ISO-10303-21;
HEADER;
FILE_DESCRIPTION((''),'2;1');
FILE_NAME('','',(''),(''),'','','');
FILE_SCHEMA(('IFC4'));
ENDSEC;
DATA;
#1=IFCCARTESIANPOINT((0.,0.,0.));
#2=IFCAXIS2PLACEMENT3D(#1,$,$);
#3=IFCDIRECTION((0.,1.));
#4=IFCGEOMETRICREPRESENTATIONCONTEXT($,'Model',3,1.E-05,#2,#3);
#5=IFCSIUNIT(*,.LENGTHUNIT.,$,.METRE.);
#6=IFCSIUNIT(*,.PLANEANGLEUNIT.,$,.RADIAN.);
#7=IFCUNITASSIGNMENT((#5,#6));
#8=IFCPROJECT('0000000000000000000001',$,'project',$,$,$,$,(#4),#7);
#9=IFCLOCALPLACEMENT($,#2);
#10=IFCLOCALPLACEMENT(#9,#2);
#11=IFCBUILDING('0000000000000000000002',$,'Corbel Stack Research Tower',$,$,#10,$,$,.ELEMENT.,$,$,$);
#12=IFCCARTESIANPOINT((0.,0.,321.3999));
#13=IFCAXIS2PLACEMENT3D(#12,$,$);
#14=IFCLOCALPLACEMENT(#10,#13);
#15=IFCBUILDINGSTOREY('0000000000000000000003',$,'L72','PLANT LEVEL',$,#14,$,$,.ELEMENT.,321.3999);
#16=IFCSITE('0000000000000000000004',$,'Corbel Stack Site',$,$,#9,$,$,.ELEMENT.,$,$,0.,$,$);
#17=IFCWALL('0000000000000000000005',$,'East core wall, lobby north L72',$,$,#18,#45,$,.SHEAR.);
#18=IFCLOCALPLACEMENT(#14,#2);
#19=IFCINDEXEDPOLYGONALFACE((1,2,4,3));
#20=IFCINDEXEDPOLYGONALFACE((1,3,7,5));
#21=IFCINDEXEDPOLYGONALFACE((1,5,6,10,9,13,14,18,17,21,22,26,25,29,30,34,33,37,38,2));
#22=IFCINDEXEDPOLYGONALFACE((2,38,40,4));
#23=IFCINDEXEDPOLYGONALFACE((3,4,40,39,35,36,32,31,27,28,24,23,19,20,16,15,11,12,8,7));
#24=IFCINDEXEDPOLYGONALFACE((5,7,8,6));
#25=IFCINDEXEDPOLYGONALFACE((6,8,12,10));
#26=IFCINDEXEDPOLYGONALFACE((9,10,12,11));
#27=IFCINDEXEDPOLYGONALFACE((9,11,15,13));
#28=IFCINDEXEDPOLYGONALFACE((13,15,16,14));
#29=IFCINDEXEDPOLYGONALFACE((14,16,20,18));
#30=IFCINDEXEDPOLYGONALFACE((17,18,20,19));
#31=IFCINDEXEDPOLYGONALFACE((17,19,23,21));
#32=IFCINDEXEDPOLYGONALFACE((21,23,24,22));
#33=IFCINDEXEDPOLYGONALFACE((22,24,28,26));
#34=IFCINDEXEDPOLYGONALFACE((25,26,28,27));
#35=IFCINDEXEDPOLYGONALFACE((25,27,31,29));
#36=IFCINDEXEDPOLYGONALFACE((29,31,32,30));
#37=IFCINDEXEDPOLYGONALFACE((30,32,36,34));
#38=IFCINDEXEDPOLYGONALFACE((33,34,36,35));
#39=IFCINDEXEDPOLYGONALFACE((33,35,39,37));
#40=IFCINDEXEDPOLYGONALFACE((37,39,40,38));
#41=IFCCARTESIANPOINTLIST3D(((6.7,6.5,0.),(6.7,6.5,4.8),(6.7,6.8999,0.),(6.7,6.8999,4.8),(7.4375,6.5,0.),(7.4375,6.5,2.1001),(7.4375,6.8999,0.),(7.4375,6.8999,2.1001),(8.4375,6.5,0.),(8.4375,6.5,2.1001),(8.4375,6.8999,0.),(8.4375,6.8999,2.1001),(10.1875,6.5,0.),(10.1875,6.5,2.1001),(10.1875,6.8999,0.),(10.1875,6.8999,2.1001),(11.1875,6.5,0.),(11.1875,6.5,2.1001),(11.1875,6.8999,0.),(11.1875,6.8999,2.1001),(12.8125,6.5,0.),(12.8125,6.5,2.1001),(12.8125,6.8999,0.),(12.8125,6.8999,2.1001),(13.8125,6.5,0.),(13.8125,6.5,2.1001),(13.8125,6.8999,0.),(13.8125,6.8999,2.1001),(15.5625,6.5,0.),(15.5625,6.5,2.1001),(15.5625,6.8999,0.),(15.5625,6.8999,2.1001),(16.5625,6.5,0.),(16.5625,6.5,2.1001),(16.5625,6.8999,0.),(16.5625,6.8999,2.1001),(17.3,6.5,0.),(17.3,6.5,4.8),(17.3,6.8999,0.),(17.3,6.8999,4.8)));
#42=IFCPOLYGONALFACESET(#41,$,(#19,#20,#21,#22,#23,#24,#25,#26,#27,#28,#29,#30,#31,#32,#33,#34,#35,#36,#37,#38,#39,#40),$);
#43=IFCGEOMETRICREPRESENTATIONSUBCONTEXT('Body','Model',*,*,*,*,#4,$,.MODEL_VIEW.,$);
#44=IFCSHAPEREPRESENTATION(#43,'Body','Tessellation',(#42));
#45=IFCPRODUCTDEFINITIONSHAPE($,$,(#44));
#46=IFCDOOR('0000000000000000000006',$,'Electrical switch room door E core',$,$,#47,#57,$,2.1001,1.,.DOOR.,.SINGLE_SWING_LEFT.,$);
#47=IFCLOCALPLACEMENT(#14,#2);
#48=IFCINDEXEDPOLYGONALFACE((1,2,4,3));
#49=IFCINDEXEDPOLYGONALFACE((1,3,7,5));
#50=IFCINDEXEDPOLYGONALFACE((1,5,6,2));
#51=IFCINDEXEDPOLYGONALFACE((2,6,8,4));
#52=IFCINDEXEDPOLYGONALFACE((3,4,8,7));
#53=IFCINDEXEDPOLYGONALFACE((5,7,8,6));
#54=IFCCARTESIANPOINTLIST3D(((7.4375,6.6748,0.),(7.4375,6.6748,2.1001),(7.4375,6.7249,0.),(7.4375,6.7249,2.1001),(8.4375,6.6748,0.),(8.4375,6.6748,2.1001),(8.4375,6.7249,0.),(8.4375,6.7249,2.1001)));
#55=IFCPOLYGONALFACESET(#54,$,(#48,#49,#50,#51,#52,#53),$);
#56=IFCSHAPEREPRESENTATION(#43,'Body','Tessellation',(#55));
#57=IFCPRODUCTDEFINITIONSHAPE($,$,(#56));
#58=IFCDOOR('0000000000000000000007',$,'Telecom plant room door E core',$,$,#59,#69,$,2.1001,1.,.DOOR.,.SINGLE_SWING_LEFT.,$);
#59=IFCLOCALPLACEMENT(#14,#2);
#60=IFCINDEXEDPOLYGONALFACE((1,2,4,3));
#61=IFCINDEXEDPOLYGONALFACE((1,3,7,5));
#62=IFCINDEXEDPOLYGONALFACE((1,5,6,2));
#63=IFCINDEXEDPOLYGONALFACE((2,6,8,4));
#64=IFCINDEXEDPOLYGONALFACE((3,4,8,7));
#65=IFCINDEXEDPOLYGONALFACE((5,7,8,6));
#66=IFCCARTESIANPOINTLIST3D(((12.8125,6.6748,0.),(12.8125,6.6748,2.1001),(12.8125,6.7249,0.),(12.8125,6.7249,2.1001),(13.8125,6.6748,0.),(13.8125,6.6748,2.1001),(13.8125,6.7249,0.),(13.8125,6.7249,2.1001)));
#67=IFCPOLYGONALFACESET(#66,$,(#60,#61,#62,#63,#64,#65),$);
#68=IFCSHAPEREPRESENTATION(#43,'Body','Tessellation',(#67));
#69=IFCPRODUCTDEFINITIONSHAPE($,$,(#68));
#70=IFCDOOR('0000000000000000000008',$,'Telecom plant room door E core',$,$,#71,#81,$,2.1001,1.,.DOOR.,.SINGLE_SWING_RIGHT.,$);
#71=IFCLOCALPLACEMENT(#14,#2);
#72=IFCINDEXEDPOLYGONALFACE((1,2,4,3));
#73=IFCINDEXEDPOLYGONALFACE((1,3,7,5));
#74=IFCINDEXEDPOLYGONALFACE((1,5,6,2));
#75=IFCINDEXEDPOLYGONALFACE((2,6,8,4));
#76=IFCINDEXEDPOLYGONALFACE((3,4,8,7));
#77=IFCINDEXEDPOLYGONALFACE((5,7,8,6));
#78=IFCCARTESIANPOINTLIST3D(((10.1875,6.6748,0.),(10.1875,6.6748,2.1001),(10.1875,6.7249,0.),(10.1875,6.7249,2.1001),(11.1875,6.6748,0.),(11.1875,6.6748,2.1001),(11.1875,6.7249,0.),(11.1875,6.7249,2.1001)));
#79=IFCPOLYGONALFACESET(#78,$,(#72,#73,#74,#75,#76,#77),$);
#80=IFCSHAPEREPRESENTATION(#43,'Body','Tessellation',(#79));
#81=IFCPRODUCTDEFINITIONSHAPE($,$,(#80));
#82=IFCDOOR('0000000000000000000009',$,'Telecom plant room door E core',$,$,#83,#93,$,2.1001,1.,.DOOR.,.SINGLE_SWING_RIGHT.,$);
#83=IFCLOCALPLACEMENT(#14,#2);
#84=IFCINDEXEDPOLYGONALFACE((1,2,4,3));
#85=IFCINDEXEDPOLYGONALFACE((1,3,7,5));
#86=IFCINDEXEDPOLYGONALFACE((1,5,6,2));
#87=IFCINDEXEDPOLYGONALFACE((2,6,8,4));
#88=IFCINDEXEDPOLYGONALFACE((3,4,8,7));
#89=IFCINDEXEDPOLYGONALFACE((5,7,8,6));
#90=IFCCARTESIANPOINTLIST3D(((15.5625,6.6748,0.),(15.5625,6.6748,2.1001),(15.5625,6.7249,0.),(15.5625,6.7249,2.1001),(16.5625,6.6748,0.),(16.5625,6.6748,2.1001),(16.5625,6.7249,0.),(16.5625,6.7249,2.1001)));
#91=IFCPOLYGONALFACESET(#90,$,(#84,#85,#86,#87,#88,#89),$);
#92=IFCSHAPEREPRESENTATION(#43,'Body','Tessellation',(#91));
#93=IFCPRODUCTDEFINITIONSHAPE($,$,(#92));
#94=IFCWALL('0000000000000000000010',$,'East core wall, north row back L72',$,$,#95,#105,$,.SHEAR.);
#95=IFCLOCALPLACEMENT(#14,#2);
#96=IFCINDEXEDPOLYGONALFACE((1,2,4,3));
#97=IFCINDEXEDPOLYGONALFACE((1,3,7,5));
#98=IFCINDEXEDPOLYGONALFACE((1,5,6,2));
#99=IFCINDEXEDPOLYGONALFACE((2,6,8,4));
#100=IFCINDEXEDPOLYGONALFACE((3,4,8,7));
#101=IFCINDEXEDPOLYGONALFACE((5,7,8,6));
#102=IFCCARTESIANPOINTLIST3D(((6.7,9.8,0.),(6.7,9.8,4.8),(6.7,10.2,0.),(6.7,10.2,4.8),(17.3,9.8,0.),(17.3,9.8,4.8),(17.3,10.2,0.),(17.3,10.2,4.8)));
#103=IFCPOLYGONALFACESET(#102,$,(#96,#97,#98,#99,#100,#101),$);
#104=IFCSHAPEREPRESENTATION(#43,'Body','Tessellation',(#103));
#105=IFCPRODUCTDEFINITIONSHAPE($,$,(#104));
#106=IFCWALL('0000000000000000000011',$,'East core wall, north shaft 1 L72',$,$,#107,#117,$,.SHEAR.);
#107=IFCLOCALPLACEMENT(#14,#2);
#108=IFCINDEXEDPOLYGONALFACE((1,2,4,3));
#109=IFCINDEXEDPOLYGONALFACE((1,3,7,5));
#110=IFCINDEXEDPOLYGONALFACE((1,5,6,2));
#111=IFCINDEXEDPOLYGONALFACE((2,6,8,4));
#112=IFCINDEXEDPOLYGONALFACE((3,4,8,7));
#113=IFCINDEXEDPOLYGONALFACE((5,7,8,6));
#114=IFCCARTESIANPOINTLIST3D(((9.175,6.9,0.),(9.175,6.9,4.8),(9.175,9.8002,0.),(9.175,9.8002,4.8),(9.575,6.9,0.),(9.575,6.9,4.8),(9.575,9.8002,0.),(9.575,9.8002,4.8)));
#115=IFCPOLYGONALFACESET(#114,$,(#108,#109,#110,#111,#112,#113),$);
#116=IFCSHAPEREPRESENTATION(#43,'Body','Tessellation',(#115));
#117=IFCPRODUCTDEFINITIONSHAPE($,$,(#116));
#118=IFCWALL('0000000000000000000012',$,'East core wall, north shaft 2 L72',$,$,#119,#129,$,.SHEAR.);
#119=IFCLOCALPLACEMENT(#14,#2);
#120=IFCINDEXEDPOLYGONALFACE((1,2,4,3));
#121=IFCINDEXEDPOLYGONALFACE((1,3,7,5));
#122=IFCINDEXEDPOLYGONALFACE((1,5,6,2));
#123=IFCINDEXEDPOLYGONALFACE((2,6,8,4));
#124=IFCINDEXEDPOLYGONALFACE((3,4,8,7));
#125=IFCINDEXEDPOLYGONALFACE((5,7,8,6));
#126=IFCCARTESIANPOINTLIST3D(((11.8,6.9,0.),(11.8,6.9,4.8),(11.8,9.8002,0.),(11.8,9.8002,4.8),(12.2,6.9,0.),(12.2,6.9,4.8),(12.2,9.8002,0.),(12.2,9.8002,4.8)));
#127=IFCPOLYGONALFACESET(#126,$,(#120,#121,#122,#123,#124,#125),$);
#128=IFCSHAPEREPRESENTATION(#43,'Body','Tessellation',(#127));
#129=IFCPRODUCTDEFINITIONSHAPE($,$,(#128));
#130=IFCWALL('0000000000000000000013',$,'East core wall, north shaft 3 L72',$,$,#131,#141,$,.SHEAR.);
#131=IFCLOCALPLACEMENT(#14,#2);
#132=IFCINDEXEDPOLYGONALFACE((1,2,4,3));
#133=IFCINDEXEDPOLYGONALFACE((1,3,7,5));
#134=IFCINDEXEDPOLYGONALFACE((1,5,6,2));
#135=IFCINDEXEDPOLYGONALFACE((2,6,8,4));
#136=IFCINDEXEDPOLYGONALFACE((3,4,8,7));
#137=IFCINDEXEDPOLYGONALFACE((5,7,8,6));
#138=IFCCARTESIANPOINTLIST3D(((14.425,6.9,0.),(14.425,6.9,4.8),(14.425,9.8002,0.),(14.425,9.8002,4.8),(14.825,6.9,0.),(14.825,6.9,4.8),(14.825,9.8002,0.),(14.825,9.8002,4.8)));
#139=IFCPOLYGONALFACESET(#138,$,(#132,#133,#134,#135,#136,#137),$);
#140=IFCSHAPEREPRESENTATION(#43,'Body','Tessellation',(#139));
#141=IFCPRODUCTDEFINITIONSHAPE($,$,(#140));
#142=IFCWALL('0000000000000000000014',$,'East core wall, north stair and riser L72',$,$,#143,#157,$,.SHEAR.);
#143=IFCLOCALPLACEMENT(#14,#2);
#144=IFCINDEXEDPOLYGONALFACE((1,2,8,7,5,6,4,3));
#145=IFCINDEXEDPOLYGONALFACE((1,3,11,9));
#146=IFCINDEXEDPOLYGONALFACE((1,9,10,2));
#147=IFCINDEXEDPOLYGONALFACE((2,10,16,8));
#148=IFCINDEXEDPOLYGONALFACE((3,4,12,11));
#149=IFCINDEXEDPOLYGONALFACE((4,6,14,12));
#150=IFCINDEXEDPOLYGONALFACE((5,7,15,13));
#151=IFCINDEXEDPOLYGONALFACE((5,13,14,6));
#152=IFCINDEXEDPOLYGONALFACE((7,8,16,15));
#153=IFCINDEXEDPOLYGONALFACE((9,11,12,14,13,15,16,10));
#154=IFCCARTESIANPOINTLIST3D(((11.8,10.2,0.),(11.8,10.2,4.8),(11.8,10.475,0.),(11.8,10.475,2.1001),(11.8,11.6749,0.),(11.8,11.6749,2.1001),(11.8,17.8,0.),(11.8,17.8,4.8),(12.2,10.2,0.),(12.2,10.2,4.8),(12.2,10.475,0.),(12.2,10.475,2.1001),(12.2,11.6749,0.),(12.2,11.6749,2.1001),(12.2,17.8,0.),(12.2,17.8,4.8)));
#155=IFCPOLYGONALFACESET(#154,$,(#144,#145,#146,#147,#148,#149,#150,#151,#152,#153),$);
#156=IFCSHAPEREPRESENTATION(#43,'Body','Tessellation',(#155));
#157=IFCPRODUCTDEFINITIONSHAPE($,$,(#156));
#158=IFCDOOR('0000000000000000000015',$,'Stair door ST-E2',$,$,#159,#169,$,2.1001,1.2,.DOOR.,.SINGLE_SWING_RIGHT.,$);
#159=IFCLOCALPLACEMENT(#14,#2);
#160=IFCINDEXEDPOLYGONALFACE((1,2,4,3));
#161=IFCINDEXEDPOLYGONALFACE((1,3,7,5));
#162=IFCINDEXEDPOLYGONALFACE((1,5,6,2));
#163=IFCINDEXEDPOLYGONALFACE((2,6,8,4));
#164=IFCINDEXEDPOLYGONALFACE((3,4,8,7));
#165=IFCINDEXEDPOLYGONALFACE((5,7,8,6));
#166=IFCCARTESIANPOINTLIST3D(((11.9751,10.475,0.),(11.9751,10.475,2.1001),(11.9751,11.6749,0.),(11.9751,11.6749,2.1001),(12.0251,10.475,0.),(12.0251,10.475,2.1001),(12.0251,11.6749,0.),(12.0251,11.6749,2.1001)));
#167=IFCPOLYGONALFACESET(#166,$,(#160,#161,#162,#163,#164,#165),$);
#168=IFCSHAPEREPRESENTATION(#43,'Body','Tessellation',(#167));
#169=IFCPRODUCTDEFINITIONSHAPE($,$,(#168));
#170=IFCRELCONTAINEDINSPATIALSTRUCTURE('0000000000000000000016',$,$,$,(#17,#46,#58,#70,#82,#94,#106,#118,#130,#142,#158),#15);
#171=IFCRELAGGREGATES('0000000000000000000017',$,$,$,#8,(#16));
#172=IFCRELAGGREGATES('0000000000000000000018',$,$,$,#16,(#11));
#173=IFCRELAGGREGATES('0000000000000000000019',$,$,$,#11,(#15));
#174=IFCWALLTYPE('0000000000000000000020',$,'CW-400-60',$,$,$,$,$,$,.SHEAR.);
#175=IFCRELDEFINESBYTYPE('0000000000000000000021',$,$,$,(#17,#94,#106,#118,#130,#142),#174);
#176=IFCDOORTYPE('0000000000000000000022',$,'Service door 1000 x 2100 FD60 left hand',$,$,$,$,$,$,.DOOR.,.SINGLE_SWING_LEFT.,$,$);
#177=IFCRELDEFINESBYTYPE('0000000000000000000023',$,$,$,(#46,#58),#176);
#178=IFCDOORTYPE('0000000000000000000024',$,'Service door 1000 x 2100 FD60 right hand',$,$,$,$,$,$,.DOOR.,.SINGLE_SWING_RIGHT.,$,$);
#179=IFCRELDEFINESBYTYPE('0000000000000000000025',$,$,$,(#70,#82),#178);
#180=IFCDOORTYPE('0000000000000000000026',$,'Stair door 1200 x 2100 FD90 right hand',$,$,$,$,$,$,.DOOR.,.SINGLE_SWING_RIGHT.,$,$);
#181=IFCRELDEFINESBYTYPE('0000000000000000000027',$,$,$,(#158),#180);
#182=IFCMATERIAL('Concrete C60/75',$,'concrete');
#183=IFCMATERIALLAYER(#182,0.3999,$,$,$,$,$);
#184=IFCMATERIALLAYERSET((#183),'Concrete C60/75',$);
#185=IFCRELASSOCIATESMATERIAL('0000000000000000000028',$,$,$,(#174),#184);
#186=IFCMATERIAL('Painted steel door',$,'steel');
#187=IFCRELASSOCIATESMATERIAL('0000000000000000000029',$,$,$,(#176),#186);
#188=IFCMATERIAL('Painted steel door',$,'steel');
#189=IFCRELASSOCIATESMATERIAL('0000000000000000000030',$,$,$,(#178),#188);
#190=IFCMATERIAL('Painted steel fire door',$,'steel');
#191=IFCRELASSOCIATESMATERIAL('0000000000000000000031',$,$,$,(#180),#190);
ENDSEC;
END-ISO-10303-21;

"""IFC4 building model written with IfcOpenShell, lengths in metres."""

from ifc_helpers import new_model, si_unit, direction, frame, frame_2d, origin, place, context, subcontext, project, spatial, rectangle, extrude, material, layer, layer_set, type_object, element, fill, save


model = new_model("IFC4")

# Units and contexts
model_context = context("Model", 3, precision=1e-05, world=origin(), true_north=direction((0.0, 1.0)))
body_context = subcontext(model_context, "Body", "Model", "MODEL_VIEW")
ifc_project = project(units=[si_unit("LENGTHUNIT", "METRE"), si_unit("PLANEANGLEUNIT", "RADIAN")], contexts=[model_context])

# Site, building, storey
site_placement = place(None, origin())
site = spatial("IfcSite", under=ifc_project, at=site_placement, Name="Corbel Stack Site", CompositionType="ELEMENT", RefElevation=0.0)
building_placement = place(site_placement, origin())
building = spatial("IfcBuilding", under=site, at=building_placement, Name="Corbel Stack Research Tower", CompositionType="ELEMENT")
storey_placement = place(building_placement, frame((0.0, 0.0, 321.3999)))
storey = spatial("IfcBuildingStorey", under=building, at=storey_placement, Name="L72", Description="PLANT LEVEL", CompositionType="ELEMENT", Elevation=321.3999)

# Wall, openings, doors
ifc_material_1 = material(Name="Concrete C60/75", Category="concrete")
ifc_layer_1 = layer(ifc_material_1, 0.3999)
ifc_layer_set_1 = layer_set([ifc_layer_1], Name="Concrete C60/75")
wall_type = type_object("IfcWallType", Name="CW-400-60", PredefinedType="SHEAR", material=ifc_layer_set_1)
ifc_material_2 = material(Name="Painted steel door", Category="steel")
door_type_1 = type_object("IfcDoorType", Name="Service door 1000 x 2100 FD60 left hand", OperationType="SINGLE_SWING_LEFT", PredefinedType="DOOR", material=ifc_material_2)
ifc_material_3 = material(Name="Painted steel door", Category="steel")
door_type_2 = type_object("IfcDoorType", Name="Service door 1000 x 2100 FD60 right hand", OperationType="SINGLE_SWING_RIGHT", PredefinedType="DOOR", material=ifc_material_3)
wall_1_placement = place(storey_placement, frame((6.7, 6.7, 0.0), z_axis=(0.0, 0.0, 1.0), x_axis=(1.0, 0.0, 0.0)))
wall_1 = element("IfcWall", 1, at=wall_1_placement, inside=storey, type_object=wall_type, Name="East core wall, lobby north L72", PredefinedType="SHEAR", context=body_context, shape_type="SweptSolid", body=[
    extrude(rectangle(XDim=10.6001, YDim=0.3999, at=frame_2d((5.3, 0.0))), origin(), (0.0, 0.0, 1.0), 4.8),
])
opening_1_placement = place(wall_1_placement, frame((0.7375, 0.0, 0.0)))
opening_1 = element("IfcOpeningElement", 2, at=opening_1_placement, cuts=wall_1, PredefinedType="OPENING", context=body_context, shape_type="SweptSolid", body=[
    extrude(rectangle(XDim=1.0, YDim=2.1001, at=frame_2d((0.5, 1.05))), frame((0.0, 0.21, 0.0), z_axis=(0.0, -1.0, 0.0), x_axis=(1.0, 0.0, 0.0)), (0.0, 0.0, 1.0), 0.4199),
])
opening_2_placement = place(wall_1_placement, frame((3.4875, 0.0, 0.0)))
opening_2 = element("IfcOpeningElement", 3, at=opening_2_placement, cuts=wall_1, PredefinedType="OPENING", context=body_context, shape_type="SweptSolid", body=[
    extrude(rectangle(XDim=1.0, YDim=2.1001, at=frame_2d((0.5, 1.05))), frame((0.0, 0.21, 0.0), z_axis=(0.0, -1.0, 0.0), x_axis=(1.0, 0.0, 0.0)), (0.0, 0.0, 1.0), 0.4199),
])
opening_3_placement = place(wall_1_placement, frame((6.1125, 0.0, 0.0)))
opening_3 = element("IfcOpeningElement", 4, at=opening_3_placement, cuts=wall_1, PredefinedType="OPENING", context=body_context, shape_type="SweptSolid", body=[
    extrude(rectangle(XDim=1.0, YDim=2.1001, at=frame_2d((0.5, 1.05))), frame((0.0, 0.21, 0.0), z_axis=(0.0, -1.0, 0.0), x_axis=(1.0, 0.0, 0.0)), (0.0, 0.0, 1.0), 0.4199),
])
opening_4_placement = place(wall_1_placement, frame((8.8625, 0.0, 0.0)))
opening_4 = element("IfcOpeningElement", 5, at=opening_4_placement, cuts=wall_1, PredefinedType="OPENING", context=body_context, shape_type="SweptSolid", body=[
    extrude(rectangle(XDim=1.0, YDim=2.1001, at=frame_2d((0.5, 1.05))), frame((0.0, 0.21, 0.0), z_axis=(0.0, -1.0, 0.0), x_axis=(1.0, 0.0, 0.0)), (0.0, 0.0, 1.0), 0.4199),
])
door_1_placement = place(opening_1_placement, origin())
door_1 = element("IfcDoor", 6, at=door_1_placement, inside=storey, type_object=door_type_1, Name="Electrical switch room door E core", OperationType="SINGLE_SWING_LEFT", OverallHeight=2.1001, OverallWidth=1.0, PredefinedType="DOOR", context=body_context, shape_type="SweptSolid", body=[
    extrude(rectangle(XDim=1.0, YDim=2.1001, at=frame_2d((0.5, 1.05))), frame((0.0, 0.0249, 0.0), z_axis=(0.0, -1.0, 0.0), x_axis=(1.0, 0.0, 0.0)), (0.0, 0.0, 1.0), 0.05),
])
fill(opening_1, door_1)
door_2_placement = place(opening_3_placement, origin())
door_2 = element("IfcDoor", 7, at=door_2_placement, inside=storey, type_object=door_type_1, Name="Telecom plant room door E core", OperationType="SINGLE_SWING_LEFT", OverallHeight=2.1001, OverallWidth=1.0, PredefinedType="DOOR", context=body_context, shape_type="SweptSolid", body=[
    extrude(rectangle(XDim=1.0, YDim=2.1001, at=frame_2d((0.5, 1.05))), frame((0.0, 0.0249, 0.0), z_axis=(0.0, -1.0, 0.0), x_axis=(1.0, 0.0, 0.0)), (0.0, 0.0, 1.0), 0.05),
])
fill(opening_3, door_2)
door_3_placement = place(opening_2_placement, origin())
door_3 = element("IfcDoor", 8, at=door_3_placement, inside=storey, type_object=door_type_2, Name="Telecom plant room door E core", OperationType="SINGLE_SWING_RIGHT", OverallHeight=2.1001, OverallWidth=1.0, PredefinedType="DOOR", context=body_context, shape_type="SweptSolid", body=[
    extrude(rectangle(XDim=1.0, YDim=2.1001, at=frame_2d((0.5, 1.05))), frame((0.0, 0.0249, 0.0), z_axis=(0.0, -1.0, 0.0), x_axis=(1.0, 0.0, 0.0)), (0.0, 0.0, 1.0), 0.05),
])
fill(opening_2, door_3)
door_4_placement = place(opening_4_placement, origin())
door_4 = element("IfcDoor", 9, at=door_4_placement, inside=storey, type_object=door_type_2, Name="Telecom plant room door E core", OperationType="SINGLE_SWING_RIGHT", OverallHeight=2.1001, OverallWidth=1.0, PredefinedType="DOOR", context=body_context, shape_type="SweptSolid", body=[
    extrude(rectangle(XDim=1.0, YDim=2.1001, at=frame_2d((0.5, 1.05))), frame((0.0, 0.0249, 0.0), z_axis=(0.0, -1.0, 0.0), x_axis=(1.0, 0.0, 0.0)), (0.0, 0.0, 1.0), 0.05),
])
fill(opening_4, door_4)

# Walls
wall_2_placement = place(storey_placement, frame((6.7, 10.0, 0.0), z_axis=(0.0, 0.0, 1.0), x_axis=(1.0, 0.0, 0.0)))
element("IfcWall", 10, at=wall_2_placement, inside=storey, type_object=wall_type, Name="East core wall, north row back L72", PredefinedType="SHEAR", context=body_context, shape_type="SweptSolid", body=[
    extrude(rectangle(XDim=10.6001, YDim=0.3999, at=frame_2d((5.3, 0.0))), origin(), (0.0, 0.0, 1.0), 4.8),
])
for number, where, z_axis, x_axis, name in (
    (11, (9.375, 6.8999, 0.0), (0.0, 0.0, 1.0), (0.0, 1.0, 0.0), "East core wall, north shaft 1 L72"),
    (12, (12.0, 6.8999, 0.0), (0.0, 0.0, 1.0), (0.0, 1.0, 0.0), "East core wall, north shaft 2 L72"),
    (13, (14.625, 6.8999, 0.0), (0.0, 0.0, 1.0), (0.0, 1.0, 0.0), "East core wall, north shaft 3 L72"),
):
    element("IfcWall", number, at=place(storey_placement, frame(where, z_axis=z_axis, x_axis=x_axis)), inside=storey, type_object=wall_type, Name=name, PredefinedType="SHEAR", context=body_context, shape_type="SweptSolid", body=[
        extrude(rectangle(XDim=2.9001, YDim=0.3999, at=frame_2d((1.4502, 0.0))), origin(), (0.0, 0.0, 1.0), 4.8),
    ])

# Wall, opening, door
wall_3_placement = place(storey_placement, frame((12.0, 10.2, 0.0), z_axis=(0.0, 0.0, 1.0), x_axis=(0.0, 1.0, 0.0)))
wall_3 = element("IfcWall", 14, at=wall_3_placement, inside=storey, type_object=wall_type, Name="East core wall, north stair and riser L72", PredefinedType="SHEAR", context=body_context, shape_type="SweptSolid", body=[
    extrude(rectangle(XDim=7.6001, YDim=0.3999, at=frame_2d((3.8, 0.0))), origin(), (0.0, 0.0, 1.0), 4.8),
])
opening_5_placement = place(wall_3_placement, frame((0.2749, 0.0, 0.0)))
opening_5 = element("IfcOpeningElement", 15, at=opening_5_placement, cuts=wall_3, PredefinedType="OPENING", context=body_context, shape_type="SweptSolid", body=[
    extrude(rectangle(XDim=1.2, YDim=2.1001, at=frame_2d((0.6001, 1.05))), frame((0.0, 0.21, 0.0), z_axis=(0.0, -1.0, 0.0), x_axis=(1.0, 0.0, 0.0)), (0.0, 0.0, 1.0), 0.4199),
])
ifc_material_4 = material(Name="Painted steel fire door", Category="steel")
door_type_3 = type_object("IfcDoorType", Name="Stair door 1200 x 2100 FD90 right hand", OperationType="SINGLE_SWING_RIGHT", PredefinedType="DOOR", material=ifc_material_4)
door_5_placement = place(opening_5_placement, origin())
door_5 = element("IfcDoor", 16, at=door_5_placement, inside=storey, type_object=door_type_3, Name="Stair door ST-E2", OperationType="SINGLE_SWING_RIGHT", OverallHeight=2.1001, OverallWidth=1.2, PredefinedType="DOOR", context=body_context, shape_type="SweptSolid", body=[
    extrude(rectangle(XDim=1.2, YDim=2.1001, at=frame_2d((0.6001, 1.05))), frame((0.0, 0.0249, 0.0), z_axis=(0.0, -1.0, 0.0), x_axis=(1.0, 0.0, 0.0)), (0.0, 0.0, 1.0), 0.05),
])
fill(opening_5, door_5)

save(model, "model.ifc")
